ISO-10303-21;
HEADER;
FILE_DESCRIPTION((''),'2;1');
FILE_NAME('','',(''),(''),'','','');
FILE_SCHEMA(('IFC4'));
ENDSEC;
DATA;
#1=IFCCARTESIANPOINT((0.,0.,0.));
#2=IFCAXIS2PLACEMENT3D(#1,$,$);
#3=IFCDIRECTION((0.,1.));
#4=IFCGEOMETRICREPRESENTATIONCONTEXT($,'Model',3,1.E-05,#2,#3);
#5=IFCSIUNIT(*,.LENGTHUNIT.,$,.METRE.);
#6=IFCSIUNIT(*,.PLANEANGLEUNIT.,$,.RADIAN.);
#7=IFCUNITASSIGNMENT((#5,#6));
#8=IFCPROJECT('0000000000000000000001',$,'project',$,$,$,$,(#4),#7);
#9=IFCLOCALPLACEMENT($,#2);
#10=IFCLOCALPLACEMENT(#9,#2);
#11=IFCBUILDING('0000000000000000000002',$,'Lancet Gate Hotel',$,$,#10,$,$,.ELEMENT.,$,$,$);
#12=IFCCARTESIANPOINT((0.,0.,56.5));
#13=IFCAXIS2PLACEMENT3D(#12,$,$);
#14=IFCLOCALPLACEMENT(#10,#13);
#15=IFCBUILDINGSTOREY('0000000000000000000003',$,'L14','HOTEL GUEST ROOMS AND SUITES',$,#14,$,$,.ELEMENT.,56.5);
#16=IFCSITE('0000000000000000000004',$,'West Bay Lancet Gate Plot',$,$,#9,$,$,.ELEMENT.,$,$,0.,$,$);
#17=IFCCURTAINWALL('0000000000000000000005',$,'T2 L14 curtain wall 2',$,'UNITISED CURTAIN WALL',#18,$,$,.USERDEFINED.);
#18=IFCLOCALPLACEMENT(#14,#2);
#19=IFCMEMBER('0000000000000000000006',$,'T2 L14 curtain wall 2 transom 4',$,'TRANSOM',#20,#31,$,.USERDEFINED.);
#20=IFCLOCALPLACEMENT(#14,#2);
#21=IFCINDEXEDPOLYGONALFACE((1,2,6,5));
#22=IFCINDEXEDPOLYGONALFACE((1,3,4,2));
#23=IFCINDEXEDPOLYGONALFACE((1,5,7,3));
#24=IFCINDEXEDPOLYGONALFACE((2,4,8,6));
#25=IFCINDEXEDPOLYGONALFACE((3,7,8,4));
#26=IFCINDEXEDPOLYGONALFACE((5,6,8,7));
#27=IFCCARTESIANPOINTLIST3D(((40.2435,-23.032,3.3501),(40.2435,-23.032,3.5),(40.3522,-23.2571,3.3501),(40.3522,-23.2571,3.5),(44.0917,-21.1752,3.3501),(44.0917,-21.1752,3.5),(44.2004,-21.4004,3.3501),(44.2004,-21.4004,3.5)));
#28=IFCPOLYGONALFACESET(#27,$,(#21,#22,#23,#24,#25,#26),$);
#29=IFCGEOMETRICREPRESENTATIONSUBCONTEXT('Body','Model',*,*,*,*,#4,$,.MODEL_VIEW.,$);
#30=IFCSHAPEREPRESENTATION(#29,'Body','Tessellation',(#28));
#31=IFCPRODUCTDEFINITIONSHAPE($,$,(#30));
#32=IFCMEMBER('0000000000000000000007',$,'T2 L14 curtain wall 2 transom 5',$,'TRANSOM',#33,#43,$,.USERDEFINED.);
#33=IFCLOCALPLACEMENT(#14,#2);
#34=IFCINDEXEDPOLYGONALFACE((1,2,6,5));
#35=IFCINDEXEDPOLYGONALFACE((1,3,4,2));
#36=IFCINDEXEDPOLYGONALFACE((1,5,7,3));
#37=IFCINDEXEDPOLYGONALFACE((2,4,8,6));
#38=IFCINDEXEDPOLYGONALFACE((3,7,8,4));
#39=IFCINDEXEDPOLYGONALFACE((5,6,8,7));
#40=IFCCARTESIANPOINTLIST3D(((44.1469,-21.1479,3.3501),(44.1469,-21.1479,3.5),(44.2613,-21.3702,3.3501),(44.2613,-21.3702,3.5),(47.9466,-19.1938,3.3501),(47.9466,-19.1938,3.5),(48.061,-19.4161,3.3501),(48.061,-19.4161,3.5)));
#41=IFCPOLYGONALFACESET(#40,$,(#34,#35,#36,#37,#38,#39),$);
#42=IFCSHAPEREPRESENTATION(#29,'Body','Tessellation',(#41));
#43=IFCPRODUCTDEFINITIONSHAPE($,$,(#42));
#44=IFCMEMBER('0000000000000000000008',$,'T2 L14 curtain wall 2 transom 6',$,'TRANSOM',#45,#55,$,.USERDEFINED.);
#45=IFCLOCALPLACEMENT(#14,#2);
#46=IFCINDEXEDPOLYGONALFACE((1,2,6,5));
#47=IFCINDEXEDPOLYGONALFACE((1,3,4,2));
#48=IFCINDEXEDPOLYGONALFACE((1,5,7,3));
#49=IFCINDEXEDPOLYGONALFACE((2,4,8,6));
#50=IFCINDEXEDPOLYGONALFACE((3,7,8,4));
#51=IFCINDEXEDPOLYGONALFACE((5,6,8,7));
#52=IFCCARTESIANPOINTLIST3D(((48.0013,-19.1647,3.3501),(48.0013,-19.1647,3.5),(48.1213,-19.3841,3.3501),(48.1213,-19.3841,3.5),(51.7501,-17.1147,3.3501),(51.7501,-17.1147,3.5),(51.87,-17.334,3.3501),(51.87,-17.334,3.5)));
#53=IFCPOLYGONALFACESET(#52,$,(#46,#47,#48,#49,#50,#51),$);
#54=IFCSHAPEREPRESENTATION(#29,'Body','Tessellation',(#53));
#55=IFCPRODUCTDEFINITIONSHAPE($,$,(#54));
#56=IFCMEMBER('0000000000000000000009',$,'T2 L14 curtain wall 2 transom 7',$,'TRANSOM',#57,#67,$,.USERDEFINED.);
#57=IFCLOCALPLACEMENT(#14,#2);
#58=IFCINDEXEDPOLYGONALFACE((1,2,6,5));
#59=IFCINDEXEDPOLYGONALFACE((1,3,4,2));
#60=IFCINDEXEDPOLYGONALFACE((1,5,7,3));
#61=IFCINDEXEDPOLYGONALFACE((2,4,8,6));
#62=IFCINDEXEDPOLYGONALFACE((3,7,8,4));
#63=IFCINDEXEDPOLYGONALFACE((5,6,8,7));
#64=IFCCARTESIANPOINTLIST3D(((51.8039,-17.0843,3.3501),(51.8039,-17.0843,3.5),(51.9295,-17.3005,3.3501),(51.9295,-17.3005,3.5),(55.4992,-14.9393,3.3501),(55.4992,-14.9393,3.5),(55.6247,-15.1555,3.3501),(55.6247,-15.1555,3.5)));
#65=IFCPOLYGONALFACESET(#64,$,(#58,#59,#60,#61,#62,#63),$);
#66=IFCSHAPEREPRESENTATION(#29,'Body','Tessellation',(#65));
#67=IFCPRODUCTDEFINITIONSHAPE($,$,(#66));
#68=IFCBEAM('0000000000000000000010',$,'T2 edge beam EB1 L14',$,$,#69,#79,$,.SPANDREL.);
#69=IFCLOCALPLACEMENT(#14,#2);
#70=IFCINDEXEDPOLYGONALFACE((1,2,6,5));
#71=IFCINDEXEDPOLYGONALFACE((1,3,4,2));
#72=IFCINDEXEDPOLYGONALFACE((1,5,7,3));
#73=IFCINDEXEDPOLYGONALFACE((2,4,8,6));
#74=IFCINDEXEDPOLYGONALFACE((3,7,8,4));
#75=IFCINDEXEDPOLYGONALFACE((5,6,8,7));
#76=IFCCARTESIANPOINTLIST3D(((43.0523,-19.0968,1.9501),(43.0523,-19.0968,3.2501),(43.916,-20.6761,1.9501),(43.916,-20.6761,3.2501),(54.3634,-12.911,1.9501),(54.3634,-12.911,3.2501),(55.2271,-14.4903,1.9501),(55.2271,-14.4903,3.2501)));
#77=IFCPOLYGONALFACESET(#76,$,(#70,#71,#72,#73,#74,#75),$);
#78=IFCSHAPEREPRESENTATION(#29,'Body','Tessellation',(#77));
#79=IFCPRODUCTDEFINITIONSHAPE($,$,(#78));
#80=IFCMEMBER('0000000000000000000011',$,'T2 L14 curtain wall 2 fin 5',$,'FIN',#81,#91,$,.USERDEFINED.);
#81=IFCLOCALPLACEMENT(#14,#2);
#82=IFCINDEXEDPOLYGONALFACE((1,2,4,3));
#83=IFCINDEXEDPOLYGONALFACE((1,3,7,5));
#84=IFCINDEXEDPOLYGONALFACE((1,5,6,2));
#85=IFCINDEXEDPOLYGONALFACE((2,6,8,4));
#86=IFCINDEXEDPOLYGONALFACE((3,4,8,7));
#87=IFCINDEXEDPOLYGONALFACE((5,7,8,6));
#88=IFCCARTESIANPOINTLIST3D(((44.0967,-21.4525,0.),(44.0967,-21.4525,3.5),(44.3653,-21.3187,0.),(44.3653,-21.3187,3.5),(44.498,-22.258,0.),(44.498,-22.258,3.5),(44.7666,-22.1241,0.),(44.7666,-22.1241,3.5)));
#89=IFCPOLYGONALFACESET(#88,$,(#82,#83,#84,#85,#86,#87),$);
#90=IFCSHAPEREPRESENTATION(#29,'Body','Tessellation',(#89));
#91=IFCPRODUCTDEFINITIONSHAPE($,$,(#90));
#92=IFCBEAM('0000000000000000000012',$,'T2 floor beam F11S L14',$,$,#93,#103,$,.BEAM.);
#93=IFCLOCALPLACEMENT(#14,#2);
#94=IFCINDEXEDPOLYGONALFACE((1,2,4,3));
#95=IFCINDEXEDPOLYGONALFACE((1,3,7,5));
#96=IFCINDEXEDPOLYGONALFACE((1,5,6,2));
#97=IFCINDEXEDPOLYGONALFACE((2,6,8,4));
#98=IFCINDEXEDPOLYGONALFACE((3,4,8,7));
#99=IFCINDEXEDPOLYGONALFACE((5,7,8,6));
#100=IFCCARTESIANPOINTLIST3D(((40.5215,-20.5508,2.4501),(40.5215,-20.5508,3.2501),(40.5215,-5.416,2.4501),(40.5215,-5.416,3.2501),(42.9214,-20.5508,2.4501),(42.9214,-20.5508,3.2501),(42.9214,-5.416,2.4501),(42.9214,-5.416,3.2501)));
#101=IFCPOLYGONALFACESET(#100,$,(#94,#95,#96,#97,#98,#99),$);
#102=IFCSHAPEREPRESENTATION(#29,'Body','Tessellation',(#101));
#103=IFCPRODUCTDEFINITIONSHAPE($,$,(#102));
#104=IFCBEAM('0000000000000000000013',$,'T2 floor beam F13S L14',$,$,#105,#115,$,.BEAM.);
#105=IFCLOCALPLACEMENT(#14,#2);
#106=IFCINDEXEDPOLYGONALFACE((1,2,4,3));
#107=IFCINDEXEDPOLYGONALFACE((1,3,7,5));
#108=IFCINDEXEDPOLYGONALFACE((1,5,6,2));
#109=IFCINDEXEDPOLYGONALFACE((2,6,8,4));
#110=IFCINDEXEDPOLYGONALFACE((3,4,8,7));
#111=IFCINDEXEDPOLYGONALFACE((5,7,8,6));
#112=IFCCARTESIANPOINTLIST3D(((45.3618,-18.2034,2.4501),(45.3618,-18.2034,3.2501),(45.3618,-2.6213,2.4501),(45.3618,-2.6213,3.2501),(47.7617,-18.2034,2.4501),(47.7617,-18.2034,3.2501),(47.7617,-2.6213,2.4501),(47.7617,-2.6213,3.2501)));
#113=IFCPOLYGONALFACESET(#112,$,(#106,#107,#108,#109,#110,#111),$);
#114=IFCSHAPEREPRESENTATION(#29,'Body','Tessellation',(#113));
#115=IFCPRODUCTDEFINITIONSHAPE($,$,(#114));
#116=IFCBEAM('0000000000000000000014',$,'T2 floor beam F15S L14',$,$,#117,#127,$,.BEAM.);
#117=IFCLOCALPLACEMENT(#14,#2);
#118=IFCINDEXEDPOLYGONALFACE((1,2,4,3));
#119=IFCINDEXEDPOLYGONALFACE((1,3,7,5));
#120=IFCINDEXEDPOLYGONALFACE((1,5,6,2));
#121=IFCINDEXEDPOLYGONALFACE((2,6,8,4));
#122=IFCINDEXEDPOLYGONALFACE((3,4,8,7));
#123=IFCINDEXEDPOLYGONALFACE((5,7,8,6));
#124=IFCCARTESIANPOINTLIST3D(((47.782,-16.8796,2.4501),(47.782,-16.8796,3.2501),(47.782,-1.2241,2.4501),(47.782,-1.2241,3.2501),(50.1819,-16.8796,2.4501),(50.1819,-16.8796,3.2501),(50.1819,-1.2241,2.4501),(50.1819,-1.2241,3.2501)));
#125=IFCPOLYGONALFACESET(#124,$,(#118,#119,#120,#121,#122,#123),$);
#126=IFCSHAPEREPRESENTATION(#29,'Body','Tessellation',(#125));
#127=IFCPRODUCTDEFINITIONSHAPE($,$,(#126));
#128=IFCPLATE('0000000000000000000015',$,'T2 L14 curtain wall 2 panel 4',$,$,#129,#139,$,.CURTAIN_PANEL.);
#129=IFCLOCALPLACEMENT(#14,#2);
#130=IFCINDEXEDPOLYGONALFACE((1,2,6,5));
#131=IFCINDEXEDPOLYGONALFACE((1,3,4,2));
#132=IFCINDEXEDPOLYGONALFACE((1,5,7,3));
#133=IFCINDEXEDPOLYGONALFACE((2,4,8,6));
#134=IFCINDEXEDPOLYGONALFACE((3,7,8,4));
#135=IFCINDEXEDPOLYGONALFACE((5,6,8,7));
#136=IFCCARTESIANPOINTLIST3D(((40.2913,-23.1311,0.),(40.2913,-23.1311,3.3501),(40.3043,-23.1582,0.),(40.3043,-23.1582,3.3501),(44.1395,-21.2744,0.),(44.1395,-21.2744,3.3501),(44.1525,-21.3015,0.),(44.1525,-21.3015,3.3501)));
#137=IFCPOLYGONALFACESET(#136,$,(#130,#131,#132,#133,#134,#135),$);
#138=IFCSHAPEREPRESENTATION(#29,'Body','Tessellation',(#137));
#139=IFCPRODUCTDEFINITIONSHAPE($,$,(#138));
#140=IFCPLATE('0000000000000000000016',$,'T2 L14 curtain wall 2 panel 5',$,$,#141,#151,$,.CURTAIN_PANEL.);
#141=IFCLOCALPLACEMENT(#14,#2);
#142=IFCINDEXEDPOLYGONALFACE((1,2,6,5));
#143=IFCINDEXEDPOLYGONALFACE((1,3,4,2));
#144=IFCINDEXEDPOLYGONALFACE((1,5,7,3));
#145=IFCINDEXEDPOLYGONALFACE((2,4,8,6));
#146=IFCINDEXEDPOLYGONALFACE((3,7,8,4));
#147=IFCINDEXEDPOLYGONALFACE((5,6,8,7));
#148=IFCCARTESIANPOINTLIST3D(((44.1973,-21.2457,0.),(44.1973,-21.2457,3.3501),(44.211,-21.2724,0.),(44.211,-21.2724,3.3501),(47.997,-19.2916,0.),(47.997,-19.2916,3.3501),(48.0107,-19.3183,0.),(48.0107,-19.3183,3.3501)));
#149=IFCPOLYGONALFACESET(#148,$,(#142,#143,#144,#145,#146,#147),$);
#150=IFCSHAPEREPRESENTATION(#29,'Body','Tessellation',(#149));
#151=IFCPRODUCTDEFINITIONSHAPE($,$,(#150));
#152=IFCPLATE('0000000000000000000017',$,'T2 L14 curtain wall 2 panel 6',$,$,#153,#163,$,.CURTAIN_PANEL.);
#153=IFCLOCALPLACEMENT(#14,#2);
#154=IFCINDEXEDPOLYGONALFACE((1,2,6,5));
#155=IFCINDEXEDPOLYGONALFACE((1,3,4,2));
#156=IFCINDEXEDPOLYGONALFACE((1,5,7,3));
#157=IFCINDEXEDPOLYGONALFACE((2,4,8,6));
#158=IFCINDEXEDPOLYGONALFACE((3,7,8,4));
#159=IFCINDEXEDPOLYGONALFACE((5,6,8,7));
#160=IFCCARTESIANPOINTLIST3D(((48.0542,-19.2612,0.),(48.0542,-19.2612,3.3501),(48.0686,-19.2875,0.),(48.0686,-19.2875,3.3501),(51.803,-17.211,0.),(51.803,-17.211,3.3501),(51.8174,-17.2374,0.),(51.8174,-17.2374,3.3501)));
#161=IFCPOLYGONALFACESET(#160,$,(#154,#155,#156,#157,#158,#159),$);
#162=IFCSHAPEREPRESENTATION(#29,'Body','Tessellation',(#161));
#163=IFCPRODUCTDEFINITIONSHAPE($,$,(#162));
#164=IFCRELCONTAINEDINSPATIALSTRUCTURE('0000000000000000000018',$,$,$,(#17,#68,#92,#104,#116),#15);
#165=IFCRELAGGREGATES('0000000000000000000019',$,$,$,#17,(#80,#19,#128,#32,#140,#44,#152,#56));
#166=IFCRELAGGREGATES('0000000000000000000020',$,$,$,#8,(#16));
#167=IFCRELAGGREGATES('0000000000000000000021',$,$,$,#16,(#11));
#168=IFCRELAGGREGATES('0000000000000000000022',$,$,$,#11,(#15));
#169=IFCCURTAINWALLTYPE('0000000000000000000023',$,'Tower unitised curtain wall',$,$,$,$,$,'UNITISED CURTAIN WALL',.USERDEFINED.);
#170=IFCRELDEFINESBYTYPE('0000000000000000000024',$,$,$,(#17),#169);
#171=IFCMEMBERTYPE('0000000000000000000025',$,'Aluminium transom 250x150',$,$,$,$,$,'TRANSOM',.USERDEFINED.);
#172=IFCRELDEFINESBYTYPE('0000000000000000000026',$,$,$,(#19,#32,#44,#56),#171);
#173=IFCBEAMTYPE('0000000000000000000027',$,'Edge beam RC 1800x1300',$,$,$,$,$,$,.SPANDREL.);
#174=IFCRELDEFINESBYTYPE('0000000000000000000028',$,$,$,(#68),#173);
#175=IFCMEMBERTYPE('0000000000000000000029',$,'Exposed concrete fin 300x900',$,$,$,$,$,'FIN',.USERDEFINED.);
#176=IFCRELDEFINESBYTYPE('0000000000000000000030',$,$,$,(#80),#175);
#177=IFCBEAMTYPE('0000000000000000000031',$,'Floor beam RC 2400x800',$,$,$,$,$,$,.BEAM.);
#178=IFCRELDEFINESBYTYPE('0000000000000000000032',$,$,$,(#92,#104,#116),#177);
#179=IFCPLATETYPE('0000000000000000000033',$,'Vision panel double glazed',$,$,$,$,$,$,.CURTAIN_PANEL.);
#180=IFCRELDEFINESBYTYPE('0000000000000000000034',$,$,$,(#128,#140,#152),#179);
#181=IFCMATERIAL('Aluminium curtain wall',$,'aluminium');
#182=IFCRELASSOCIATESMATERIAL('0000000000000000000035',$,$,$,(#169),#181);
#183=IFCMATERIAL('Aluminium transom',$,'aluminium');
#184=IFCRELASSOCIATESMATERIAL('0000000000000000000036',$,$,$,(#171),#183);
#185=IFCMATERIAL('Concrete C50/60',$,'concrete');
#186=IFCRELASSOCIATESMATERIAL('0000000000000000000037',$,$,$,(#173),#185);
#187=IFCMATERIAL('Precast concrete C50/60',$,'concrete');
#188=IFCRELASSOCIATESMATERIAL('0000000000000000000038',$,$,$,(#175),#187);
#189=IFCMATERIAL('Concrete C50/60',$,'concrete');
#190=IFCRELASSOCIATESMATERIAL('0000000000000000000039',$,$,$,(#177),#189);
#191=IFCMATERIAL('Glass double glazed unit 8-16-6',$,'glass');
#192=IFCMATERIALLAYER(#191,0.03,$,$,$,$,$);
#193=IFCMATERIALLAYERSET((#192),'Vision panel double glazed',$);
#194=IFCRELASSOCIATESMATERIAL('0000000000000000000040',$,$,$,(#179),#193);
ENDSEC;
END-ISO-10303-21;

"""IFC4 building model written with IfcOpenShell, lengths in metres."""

from ifc_helpers import new_model, si_unit, direction, frame, origin, origin_2d, place, context, subcontext, project, spatial, rectangle, extrude, material, layer, layer_set, material_profile, profile_set, type_object, element, aggregate, save


model = new_model("IFC4")

# Units and contexts
model_context = context("Model", 3, precision=1e-05, world=origin(), true_north=direction((0.0, 1.0)))
body_context = subcontext(model_context, "Body", "Model", "MODEL_VIEW")
ifc_project = project(units=[si_unit("LENGTHUNIT", "METRE"), si_unit("PLANEANGLEUNIT", "RADIAN")], contexts=[model_context])

# Site, building, storey
site_placement = place(None, origin())
site = spatial("IfcSite", under=ifc_project, at=site_placement, Name="West Bay Lancet Gate Plot", CompositionType="ELEMENT", RefElevation=0.0)
building_placement = place(site_placement, origin())
building = spatial("IfcBuilding", under=site, at=building_placement, Name="Lancet Gate Hotel", CompositionType="ELEMENT")
storey_placement = place(building_placement, frame((0.0, 0.0, 56.5)))
storey = spatial("IfcBuildingStorey", under=building, at=storey_placement, Name="L14", Description="HOTEL GUEST ROOMS AND SUITES", CompositionType="ELEMENT", Elevation=56.5)

# Curtain wall, members
ifc_material_1 = material(Name="Aluminium curtain wall", Category="aluminium")
curtain_wall_type = type_object("IfcCurtainWallType", Name="Tower unitised curtain wall", ElementType="UNITISED CURTAIN WALL", PredefinedType="USERDEFINED", material=ifc_material_1)
curtain_wall_placement = place(storey_placement, origin())
curtain_wall = element("IfcCurtainWall", 1, at=curtain_wall_placement, inside=storey, type_object=curtain_wall_type, Name="T2 L14 curtain wall 2", ObjectType="UNITISED CURTAIN WALL", PredefinedType="USERDEFINED")
ifc_material_2 = material(Name="Aluminium transom", Category="aluminium")
ifc_material_profile_1 = material_profile(ifc_material_2, rectangle(XDim=0.25, YDim=0.1499, at=origin_2d()), Name="TRANSOM 250x150")
ifc_profile_set_1 = profile_set([ifc_material_profile_1], Name="Aluminium transom")
member_type_1 = type_object("IfcMemberType", Name="Aluminium transom 250x150", ElementType="TRANSOM", PredefinedType="USERDEFINED", material=ifc_profile_set_1)
member_1_placement = place(storey_placement, frame((40.2979, -23.1445, 3.425), z_axis=(0.900646, 0.434553, 0.0), x_axis=(-0.434553, 0.900646, 0.0)))
member_1 = element("IfcMember", 2, at=member_1_placement, type_object=member_type_1, Name="T2 L14 curtain wall 2 transom 4", ObjectType="TRANSOM", PredefinedType="USERDEFINED", context=body_context, shape_type="SweptSolid", body=[
    extrude(rectangle(XDim=0.25, YDim=0.1499, at=origin_2d()), origin(), (0.0, 0.0, 1.0), 4.2727),
])
member_2_placement = place(storey_placement, frame((44.2041, -21.259, 3.425), z_axis=(0.889296, 0.457333, 0.0), x_axis=(-0.457333, 0.889296, 0.0)))
member_2 = element("IfcMember", 3, at=member_2_placement, type_object=member_type_1, Name="T2 L14 curtain wall 2 transom 5", ObjectType="TRANSOM", PredefinedType="USERDEFINED", context=body_context, shape_type="SweptSolid", body=[
    extrude(rectangle(XDim=0.25, YDim=0.1499, at=origin_2d()), origin(), (0.0, 0.0, 1.0), 4.2727),
])
member_3_placement = place(storey_placement, frame((48.0613, -19.2744, 3.425), z_axis=(0.877378, 0.479801, 0.0), x_axis=(-0.479801, 0.877378, 0.0)))
member_3 = element("IfcMember", 4, at=member_3_placement, type_object=member_type_1, Name="T2 L14 curtain wall 2 transom 6", ObjectType="TRANSOM", PredefinedType="USERDEFINED", context=body_context, shape_type="SweptSolid", body=[
    extrude(rectangle(XDim=0.25, YDim=0.1499, at=origin_2d()), origin(), (0.0, 0.0, 1.0), 4.2727),
])
member_4_placement = place(storey_placement, frame((51.8667, -17.1924, 3.425), z_axis=(0.864855, 0.502022, 0.0), x_axis=(-0.502022, 0.864855, 0.0)))
member_4 = element("IfcMember", 5, at=member_4_placement, type_object=member_type_1, Name="T2 L14 curtain wall 2 transom 7", ObjectType="TRANSOM", PredefinedType="USERDEFINED", context=body_context, shape_type="SweptSolid", body=[
    extrude(rectangle(XDim=0.25, YDim=0.1499, at=origin_2d()), origin(), (0.0, 0.0, 1.0), 4.2727),
])

# Beam
ifc_material_3 = material(Name="Concrete C50/60", Category="concrete")
ifc_material_profile_2 = material_profile(ifc_material_3, rectangle(XDim=1.8, YDim=1.3, at=origin_2d()), Name="RC 1800x1300")
ifc_profile_set_2 = profile_set([ifc_material_profile_2], Name="Concrete C50/60")
beam_type_1 = type_object("IfcBeamType", Name="Edge beam RC 1800x1300", PredefinedType="SPANDREL", material=ifc_profile_set_2)
beam_1_placement = place(storey_placement, frame((43.4841, -19.8865, 2.6001), z_axis=(0.877369, 0.479816, 0.0), x_axis=(-0.479816, 0.877369, 0.0)))
element("IfcBeam", 6, at=beam_1_placement, inside=storey, type_object=beam_type_1, Name="T2 edge beam EB1 L14", PredefinedType="SPANDREL", context=body_context, shape_type="SweptSolid", body=[
    extrude(rectangle(XDim=1.8, YDim=1.3, at=origin_2d()), origin(), (0.0, 0.0, 1.0), 12.8921),
])

# Member
ifc_material_4 = material(Name="Precast concrete C50/60", Category="concrete")
ifc_material_profile_3 = material_profile(ifc_material_4, rectangle(XDim=0.3, YDim=0.8999, at=origin_2d()), Name="FIN 300x900")
ifc_profile_set_3 = profile_set([ifc_material_profile_3], Name="Precast concrete C50/60")
member_type_2 = type_object("IfcMemberType", Name="Exposed concrete fin 300x900", ElementType="FIN", PredefinedType="USERDEFINED", material=ifc_profile_set_3)
member_5_placement = place(storey_placement, frame((44.4316, -21.7883, 0.0), z_axis=(0.0, 0.0, 1.0), x_axis=(0.895044, 0.445978, 0.0)))
member_5 = element("IfcMember", 7, at=member_5_placement, type_object=member_type_2, Name="T2 L14 curtain wall 2 fin 5", ObjectType="FIN", PredefinedType="USERDEFINED", context=body_context, shape_type="SweptSolid", body=[
    extrude(rectangle(XDim=0.3, YDim=0.8999, at=origin_2d()), origin(), (0.0, 0.0, 1.0), 3.5),
])

# Beams
ifc_material_5 = material(Name="Concrete C50/60", Category="concrete")
ifc_material_profile_4 = material_profile(ifc_material_5, rectangle(XDim=2.3999, YDim=0.8, at=origin_2d()), Name="RC 2400x800")
ifc_profile_set_4 = profile_set([ifc_material_profile_4], Name="Concrete C50/60")
beam_type_2 = type_object("IfcBeamType", Name="Floor beam RC 2400x800", PredefinedType="BEAM", material=ifc_profile_set_4)
beam_2_placement = place(storey_placement, frame((41.7214, -20.5508, 2.8501), z_axis=(0.0, 1.0, 0.0), x_axis=(-1.0, 0.0, 0.0)))
element("IfcBeam", 8, at=beam_2_placement, inside=storey, type_object=beam_type_2, Name="T2 floor beam F11S L14", PredefinedType="BEAM", context=body_context, shape_type="SweptSolid", body=[
    extrude(rectangle(XDim=2.3999, YDim=0.8, at=origin_2d()), origin(), (0.0, 0.0, 1.0), 15.1348),
])
beam_3_placement = place(storey_placement, frame((46.5618, -18.2034, 2.8501), z_axis=(0.0, 1.0, 0.0), x_axis=(-1.0, 0.0, 0.0)))
element("IfcBeam", 9, at=beam_3_placement, inside=storey, type_object=beam_type_2, Name="T2 floor beam F13S L14", PredefinedType="BEAM", context=body_context, shape_type="SweptSolid", body=[
    extrude(rectangle(XDim=2.3999, YDim=0.8, at=origin_2d()), origin(), (0.0, 0.0, 1.0), 15.582),
])
beam_4_placement = place(storey_placement, frame((48.9819, -16.8796, 2.8501), z_axis=(0.0, 1.0, 0.0), x_axis=(-1.0, 0.0, 0.0)))
element("IfcBeam", 10, at=beam_4_placement, inside=storey, type_object=beam_type_2, Name="T2 floor beam F15S L14", PredefinedType="BEAM", context=body_context, shape_type="SweptSolid", body=[
    extrude(rectangle(XDim=2.3999, YDim=0.8, at=origin_2d()), origin(), (0.0, 0.0, 1.0), 15.6555),
])

# Plates
ifc_material_6 = material(Name="Glass double glazed unit 8-16-6", Category="glass")
ifc_layer = layer(ifc_material_6, 0.03)
ifc_layer_set = layer_set([ifc_layer], Name="Vision panel double glazed")
plate_type = type_object("IfcPlateType", Name="Vision panel double glazed", PredefinedType="CURTAIN_PANEL", material=ifc_layer_set)
plate_1_placement = place(storey_placement, frame((42.2219, -22.2163, 0.0), z_axis=(0.0, 0.0, 1.0), x_axis=(0.900647, 0.43455, 0.0)))
plate_1 = element("IfcPlate", 11, at=plate_1_placement, type_object=plate_type, Name="T2 L14 curtain wall 2 panel 4", PredefinedType="CURTAIN_PANEL", context=body_context, shape_type="SweptSolid", body=[
    extrude(rectangle(XDim=4.2727, YDim=0.03, at=origin_2d()), origin(), (0.0, 0.0, 1.0), 3.3501),
])
plate_2_placement = place(storey_placement, frame((46.104, -20.282, 0.0), z_axis=(0.0, 0.0, 1.0), x_axis=(0.889296, 0.457332, 0.0)))
plate_2 = element("IfcPlate", 12, at=plate_2_placement, type_object=plate_type, Name="T2 L14 curtain wall 2 panel 5", PredefinedType="CURTAIN_PANEL", context=body_context, shape_type="SweptSolid", body=[
    extrude(rectangle(XDim=4.2727, YDim=0.03, at=origin_2d()), origin(), (0.0, 0.0, 1.0), 3.3501),
])
plate_3_placement = place(storey_placement, frame((49.9358, -18.2493, 0.0), z_axis=(0.0, 0.0, 1.0), x_axis=(0.877368, 0.479818, 0.0)))
plate_3 = element("IfcPlate", 13, at=plate_3_placement, type_object=plate_type, Name="T2 L14 curtain wall 2 panel 6", PredefinedType="CURTAIN_PANEL", context=body_context, shape_type="SweptSolid", body=[
    extrude(rectangle(XDim=4.2727, YDim=0.03, at=origin_2d()), origin(), (0.0, 0.0, 1.0), 3.3501),
])
aggregate(curtain_wall, [member_5, member_1, plate_1, member_2, plate_2, member_3, plate_3, member_4])

save(model, "model.ifc")
